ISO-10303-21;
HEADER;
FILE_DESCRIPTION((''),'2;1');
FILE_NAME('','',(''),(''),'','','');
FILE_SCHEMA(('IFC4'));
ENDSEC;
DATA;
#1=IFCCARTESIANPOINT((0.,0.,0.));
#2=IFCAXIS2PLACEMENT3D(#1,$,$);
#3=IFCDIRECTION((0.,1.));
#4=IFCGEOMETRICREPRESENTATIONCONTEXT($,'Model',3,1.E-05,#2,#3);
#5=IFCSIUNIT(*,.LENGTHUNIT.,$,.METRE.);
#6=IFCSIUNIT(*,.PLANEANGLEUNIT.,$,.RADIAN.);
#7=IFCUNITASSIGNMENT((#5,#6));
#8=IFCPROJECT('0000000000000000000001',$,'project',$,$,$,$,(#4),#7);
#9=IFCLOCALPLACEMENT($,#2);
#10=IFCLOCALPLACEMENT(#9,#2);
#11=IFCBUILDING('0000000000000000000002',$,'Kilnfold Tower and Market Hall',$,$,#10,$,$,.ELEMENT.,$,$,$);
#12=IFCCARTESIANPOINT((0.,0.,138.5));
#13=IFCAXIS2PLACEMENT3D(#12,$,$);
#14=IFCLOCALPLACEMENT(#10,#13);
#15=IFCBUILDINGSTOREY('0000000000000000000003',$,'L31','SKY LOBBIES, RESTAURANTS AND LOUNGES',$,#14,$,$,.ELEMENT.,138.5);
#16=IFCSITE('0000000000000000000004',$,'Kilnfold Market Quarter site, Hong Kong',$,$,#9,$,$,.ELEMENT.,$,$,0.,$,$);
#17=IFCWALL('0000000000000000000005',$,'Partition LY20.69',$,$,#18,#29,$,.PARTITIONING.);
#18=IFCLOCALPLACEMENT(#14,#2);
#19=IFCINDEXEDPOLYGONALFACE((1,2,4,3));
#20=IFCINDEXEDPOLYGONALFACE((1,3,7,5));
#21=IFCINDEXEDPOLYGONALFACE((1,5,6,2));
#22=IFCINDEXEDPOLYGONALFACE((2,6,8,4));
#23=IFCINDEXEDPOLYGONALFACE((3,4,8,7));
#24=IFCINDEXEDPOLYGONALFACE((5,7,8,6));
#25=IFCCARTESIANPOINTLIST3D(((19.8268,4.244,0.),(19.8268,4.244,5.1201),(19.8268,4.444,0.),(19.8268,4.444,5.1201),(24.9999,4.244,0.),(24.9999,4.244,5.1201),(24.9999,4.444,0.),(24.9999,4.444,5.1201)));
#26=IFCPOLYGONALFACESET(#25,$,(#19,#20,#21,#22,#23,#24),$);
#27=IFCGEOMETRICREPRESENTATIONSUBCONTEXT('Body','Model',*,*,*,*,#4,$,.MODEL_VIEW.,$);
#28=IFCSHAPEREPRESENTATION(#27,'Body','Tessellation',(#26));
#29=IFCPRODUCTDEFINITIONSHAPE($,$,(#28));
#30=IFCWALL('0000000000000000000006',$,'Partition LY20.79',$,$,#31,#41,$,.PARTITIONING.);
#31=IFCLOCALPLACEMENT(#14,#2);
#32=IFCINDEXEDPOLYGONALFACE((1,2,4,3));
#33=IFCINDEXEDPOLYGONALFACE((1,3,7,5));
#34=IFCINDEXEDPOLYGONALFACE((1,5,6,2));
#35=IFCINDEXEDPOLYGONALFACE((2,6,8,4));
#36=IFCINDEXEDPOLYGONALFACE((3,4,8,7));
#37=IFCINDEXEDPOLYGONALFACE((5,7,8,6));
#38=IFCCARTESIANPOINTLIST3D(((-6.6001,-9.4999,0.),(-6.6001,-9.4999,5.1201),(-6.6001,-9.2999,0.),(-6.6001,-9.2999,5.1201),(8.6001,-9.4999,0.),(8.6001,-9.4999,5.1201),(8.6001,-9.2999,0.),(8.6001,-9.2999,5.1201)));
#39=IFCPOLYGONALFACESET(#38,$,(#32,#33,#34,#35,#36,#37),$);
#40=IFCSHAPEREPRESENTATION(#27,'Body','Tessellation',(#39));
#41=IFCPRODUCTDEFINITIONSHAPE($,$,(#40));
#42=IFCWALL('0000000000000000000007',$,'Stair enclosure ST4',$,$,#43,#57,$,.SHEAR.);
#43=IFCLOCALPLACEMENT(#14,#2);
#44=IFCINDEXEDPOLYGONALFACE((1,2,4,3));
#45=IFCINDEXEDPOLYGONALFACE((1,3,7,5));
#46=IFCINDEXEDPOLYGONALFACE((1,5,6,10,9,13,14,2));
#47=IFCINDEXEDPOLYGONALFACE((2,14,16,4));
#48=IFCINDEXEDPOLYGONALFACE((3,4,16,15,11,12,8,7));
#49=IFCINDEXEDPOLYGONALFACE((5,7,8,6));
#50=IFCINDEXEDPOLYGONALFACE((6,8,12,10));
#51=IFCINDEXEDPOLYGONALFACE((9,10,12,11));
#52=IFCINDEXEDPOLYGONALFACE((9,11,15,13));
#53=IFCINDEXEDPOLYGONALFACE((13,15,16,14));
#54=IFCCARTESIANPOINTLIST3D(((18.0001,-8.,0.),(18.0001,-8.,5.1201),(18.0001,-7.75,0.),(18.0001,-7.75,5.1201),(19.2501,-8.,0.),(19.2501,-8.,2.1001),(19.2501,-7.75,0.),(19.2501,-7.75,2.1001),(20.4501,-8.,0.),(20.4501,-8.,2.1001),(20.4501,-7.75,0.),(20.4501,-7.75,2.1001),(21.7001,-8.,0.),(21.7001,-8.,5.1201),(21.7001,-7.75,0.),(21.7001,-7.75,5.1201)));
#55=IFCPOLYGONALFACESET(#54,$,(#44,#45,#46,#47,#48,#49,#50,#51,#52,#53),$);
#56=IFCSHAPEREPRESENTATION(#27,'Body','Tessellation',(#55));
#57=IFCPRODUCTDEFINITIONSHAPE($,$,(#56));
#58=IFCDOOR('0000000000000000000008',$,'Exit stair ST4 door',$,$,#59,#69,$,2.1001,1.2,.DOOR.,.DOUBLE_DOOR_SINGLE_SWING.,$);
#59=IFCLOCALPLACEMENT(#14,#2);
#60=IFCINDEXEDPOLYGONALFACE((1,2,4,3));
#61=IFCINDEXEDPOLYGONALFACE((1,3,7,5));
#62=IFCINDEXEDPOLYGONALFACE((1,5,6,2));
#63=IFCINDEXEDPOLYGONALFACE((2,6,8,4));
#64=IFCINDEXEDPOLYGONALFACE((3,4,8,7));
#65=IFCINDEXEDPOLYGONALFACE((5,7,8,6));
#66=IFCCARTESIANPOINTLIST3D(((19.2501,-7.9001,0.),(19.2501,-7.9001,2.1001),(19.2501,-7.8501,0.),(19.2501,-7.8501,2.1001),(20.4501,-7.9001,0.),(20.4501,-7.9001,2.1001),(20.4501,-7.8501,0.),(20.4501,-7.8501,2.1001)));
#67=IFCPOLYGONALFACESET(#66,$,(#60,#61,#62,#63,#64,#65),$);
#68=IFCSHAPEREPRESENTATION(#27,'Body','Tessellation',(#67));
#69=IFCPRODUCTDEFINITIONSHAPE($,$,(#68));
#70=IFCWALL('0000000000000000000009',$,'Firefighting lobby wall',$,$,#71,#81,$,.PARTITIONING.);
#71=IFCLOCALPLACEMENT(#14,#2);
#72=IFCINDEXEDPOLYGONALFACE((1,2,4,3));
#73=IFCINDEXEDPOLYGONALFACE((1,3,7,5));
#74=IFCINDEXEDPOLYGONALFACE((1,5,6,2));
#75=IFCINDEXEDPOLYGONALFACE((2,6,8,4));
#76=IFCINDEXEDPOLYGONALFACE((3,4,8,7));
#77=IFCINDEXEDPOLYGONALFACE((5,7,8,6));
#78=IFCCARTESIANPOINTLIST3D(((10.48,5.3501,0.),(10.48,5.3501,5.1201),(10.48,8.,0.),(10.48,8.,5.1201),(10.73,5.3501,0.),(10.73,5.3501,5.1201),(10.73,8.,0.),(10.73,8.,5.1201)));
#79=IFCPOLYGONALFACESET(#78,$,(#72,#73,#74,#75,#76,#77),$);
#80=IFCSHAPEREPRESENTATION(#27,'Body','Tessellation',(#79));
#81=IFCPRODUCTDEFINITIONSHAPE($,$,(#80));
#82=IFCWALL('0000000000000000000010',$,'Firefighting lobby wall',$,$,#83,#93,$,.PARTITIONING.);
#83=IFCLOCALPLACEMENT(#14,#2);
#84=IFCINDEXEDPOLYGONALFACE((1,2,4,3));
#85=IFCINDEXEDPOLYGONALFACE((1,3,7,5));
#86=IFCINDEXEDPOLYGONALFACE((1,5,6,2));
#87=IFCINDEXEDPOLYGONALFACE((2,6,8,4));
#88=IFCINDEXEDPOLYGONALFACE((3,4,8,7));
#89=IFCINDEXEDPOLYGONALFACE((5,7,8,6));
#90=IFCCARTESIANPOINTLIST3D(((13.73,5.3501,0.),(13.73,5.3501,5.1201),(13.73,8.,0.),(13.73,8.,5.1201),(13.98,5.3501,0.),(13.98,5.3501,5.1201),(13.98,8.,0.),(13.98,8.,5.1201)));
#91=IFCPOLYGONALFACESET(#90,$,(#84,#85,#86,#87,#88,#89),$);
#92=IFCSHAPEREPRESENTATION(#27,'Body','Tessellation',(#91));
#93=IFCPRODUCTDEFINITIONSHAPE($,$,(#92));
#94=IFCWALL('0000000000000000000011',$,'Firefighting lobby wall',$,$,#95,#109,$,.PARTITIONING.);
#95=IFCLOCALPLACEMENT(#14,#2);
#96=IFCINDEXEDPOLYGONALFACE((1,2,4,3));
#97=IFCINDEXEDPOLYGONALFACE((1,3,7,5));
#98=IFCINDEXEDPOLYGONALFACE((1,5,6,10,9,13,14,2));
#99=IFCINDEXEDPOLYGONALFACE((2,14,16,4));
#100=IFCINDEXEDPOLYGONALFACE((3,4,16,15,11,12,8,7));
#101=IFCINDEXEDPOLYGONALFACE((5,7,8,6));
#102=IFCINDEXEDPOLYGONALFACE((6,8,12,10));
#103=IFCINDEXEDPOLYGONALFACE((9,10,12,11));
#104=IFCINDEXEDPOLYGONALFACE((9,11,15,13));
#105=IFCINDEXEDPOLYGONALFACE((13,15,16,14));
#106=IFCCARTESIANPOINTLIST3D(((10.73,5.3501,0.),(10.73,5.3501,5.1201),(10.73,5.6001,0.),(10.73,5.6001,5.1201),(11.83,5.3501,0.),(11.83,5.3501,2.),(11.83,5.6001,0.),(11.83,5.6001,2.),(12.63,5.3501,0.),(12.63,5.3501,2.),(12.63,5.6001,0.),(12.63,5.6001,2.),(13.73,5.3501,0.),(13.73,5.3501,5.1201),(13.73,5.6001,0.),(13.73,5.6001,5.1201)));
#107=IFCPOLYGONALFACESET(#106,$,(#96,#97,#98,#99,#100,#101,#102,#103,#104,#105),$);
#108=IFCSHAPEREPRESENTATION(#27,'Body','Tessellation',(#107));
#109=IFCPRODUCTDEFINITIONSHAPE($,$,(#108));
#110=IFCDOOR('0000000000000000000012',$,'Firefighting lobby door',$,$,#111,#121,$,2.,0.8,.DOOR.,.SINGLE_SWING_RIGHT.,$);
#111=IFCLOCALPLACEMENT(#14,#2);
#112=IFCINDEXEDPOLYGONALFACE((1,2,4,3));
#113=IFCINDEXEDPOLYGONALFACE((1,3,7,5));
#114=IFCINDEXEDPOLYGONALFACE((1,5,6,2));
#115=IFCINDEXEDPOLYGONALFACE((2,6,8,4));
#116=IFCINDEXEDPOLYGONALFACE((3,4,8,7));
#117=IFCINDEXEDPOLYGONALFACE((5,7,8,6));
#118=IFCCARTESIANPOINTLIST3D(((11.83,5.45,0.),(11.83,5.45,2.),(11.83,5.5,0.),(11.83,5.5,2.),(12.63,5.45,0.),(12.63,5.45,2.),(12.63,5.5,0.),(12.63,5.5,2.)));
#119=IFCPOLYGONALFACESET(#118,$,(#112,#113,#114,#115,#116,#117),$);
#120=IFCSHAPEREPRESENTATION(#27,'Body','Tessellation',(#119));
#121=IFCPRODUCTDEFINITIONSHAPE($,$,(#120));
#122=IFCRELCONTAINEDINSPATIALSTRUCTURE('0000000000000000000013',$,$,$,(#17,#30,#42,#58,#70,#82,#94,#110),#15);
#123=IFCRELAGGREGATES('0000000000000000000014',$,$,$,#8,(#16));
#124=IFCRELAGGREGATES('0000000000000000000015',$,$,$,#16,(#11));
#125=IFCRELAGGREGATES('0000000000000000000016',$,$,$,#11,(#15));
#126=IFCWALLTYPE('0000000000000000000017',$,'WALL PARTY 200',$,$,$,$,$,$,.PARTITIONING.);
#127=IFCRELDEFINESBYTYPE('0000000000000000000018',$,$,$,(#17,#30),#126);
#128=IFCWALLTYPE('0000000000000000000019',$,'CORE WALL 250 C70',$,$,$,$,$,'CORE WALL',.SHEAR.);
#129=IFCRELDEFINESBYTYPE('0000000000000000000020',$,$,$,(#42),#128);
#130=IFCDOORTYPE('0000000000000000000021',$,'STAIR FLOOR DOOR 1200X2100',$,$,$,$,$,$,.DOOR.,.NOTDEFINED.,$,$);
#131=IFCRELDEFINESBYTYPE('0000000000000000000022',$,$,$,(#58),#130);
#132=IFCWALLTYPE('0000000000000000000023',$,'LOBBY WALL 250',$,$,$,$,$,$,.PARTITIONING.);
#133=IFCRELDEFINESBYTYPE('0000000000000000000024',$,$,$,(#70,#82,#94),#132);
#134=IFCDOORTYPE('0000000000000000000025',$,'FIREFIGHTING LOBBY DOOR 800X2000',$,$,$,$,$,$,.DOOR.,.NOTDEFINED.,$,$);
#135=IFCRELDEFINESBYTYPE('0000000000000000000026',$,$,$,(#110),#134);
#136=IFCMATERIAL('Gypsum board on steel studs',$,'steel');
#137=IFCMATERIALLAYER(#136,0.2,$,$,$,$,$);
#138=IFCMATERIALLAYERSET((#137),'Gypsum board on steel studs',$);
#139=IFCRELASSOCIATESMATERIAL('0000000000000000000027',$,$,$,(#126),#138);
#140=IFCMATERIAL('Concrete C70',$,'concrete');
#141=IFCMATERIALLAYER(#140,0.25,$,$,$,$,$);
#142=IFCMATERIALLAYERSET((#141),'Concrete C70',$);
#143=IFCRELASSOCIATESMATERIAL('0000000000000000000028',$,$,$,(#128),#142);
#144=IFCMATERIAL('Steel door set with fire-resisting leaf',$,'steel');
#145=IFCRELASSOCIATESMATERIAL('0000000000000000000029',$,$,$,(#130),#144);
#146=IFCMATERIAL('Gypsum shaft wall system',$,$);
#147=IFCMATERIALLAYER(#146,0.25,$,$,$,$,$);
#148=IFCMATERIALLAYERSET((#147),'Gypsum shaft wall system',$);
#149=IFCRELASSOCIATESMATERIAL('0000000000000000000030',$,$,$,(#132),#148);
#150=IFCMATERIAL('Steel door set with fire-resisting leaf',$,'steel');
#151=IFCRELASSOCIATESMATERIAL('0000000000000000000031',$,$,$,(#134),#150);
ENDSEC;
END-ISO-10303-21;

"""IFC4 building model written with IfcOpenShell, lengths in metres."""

from ifc_helpers import new_model, si_unit, direction, frame, frame_2d, origin, place, context, subcontext, project, spatial, rectangle, extrude, source, transform, mapped, material, layer, layer_set, type_object, element, fill, save


model = new_model("IFC4")

# Units and contexts
model_context = context("Model", 3, precision=1e-05, world=origin(), true_north=direction((0.0, 1.0)))
body_context = subcontext(model_context, "Body", "Model", "MODEL_VIEW")
ifc_project = project(units=[si_unit("LENGTHUNIT", "METRE"), si_unit("PLANEANGLEUNIT", "RADIAN")], contexts=[model_context])

# Site, building, storey
site_placement = place(None, origin())
site = spatial("IfcSite", under=ifc_project, at=site_placement, Name="Kilnfold Market Quarter site, Hong Kong", CompositionType="ELEMENT", RefElevation=0.0)
building_placement = place(site_placement, origin())
building = spatial("IfcBuilding", under=site, at=building_placement, Name="Kilnfold Tower and Market Hall", CompositionType="ELEMENT")
storey_placement = place(building_placement, frame((0.0, 0.0, 138.5)))
storey = spatial("IfcBuildingStorey", under=building, at=storey_placement, Name="L31", Description="SKY LOBBIES, RESTAURANTS AND LOUNGES", CompositionType="ELEMENT", Elevation=138.5)

# Walls
ifc_material_1 = material(Name="Gypsum board on steel studs", Category="steel")
ifc_layer_1 = layer(ifc_material_1, 0.2)
ifc_layer_set_1 = layer_set([ifc_layer_1], Name="Gypsum board on steel studs")
wall_type_1 = type_object("IfcWallType", Name="WALL PARTY 200", PredefinedType="PARTITIONING", material=ifc_layer_set_1)
wall_1_placement = place(storey_placement, frame((19.8269, 4.344, 0.0), z_axis=(0.0, 0.0, 1.0), x_axis=(1.0, 0.0, 0.0)))
element("IfcWall", 1, at=wall_1_placement, inside=storey, type_object=wall_type_1, Name="Partition LY20.69", PredefinedType="PARTITIONING", context=body_context, shape_type="SweptSolid", body=[
    extrude(rectangle(XDim=5.1731, YDim=0.2, at=frame_2d((2.5864, 0.0))), origin(), (0.0, 0.0, 1.0), 5.1201),
])
wall_2_placement = place(storey_placement, frame((8.6001, -9.3999, 0.0), z_axis=(0.0, 0.0, 1.0), x_axis=(-1.0, 0.0, 0.0)))
element("IfcWall", 2, at=wall_2_placement, inside=storey, type_object=wall_type_1, Name="Partition LY20.79", PredefinedType="PARTITIONING", context=body_context, shape_type="SweptSolid", body=[
    extrude(rectangle(XDim=15.2002, YDim=0.2, at=frame_2d((7.6001, 0.0))), origin(), (0.0, 0.0, 1.0), 5.1201),
])

# Wall, opening, door
ifc_material_2 = material(Name="Concrete C70", Category="concrete")
ifc_layer_2 = layer(ifc_material_2, 0.25)
ifc_layer_set_2 = layer_set([ifc_layer_2], Name="Concrete C70")
wall_type_2 = type_object("IfcWallType", Name="CORE WALL 250 C70", ElementType="CORE WALL", PredefinedType="SHEAR", material=ifc_layer_set_2)
shared_shape_1 = source(origin(), body_context, "Body", "SweptSolid", [
    extrude(rectangle(XDim=3.7, YDim=0.25, at=frame_2d((1.8501, 0.0))), origin(), (0.0, 0.0, 1.0), 5.1201),
])
wall_3_placement = place(storey_placement, frame((18.0, -7.875, 0.0), z_axis=(0.0, 0.0, 1.0), x_axis=(1.0, 0.0, 0.0)))
wall_3 = element("IfcWall", 3, at=wall_3_placement, inside=storey, type_object=wall_type_2, Name="Stair enclosure ST4", PredefinedType="SHEAR", context=body_context, shape_type="MappedRepresentation", body=[
    mapped(shared_shape_1, transform((0.0, 0.0, 0.0))),
])
opening_1_placement = place(wall_3_placement, frame((1.25, 0.0, 0.0)))
opening_1 = element("IfcOpeningElement", 4, at=opening_1_placement, cuts=wall_3, PredefinedType="OPENING", context=body_context, shape_type="SweptSolid", body=[
    extrude(rectangle(XDim=1.2, YDim=2.1001, at=frame_2d((0.6001, 1.05))), frame((0.0, 0.135, 0.0), z_axis=(0.0, -1.0, 0.0), x_axis=(1.0, 0.0, 0.0)), (0.0, 0.0, 1.0), 0.27),
])
ifc_material_3 = material(Name="Steel door set with fire-resisting leaf", Category="steel")
door_type_1 = type_object("IfcDoorType", Name="STAIR FLOOR DOOR 1200X2100", OperationType="NOTDEFINED", PredefinedType="DOOR", material=ifc_material_3)
door_1_placement = place(opening_1_placement, origin())
door_1 = element("IfcDoor", 5, at=door_1_placement, inside=storey, type_object=door_type_1, Name="Exit stair ST4 door", OperationType="DOUBLE_DOOR_SINGLE_SWING", OverallHeight=2.1001, OverallWidth=1.2, PredefinedType="DOOR", context=body_context, shape_type="SweptSolid", body=[
    extrude(rectangle(XDim=1.2, YDim=2.1001, at=frame_2d((0.6001, 1.05))), frame((0.0, 0.0249, 0.0), z_axis=(0.0, -1.0, 0.0), x_axis=(1.0, 0.0, 0.0)), (0.0, 0.0, 1.0), 0.05),
])
fill(opening_1, door_1)

# Walls
ifc_material_4 = material(Name="Gypsum shaft wall system")
ifc_layer_3 = layer(ifc_material_4, 0.25)
ifc_layer_set_3 = layer_set([ifc_layer_3], Name="Gypsum shaft wall system")
wall_type_3 = type_object("IfcWallType", Name="LOBBY WALL 250", PredefinedType="PARTITIONING", material=ifc_layer_set_3)
shared_shape_2 = source(origin(), body_context, "Body", "SweptSolid", [
    extrude(rectangle(XDim=2.6499, YDim=0.25, at=frame_2d((1.325, 0.0))), origin(), (0.0, 0.0, 1.0), 5.1201),
])
for number, where, z_axis, x_axis, name in (
    (6, (10.605, 5.3501, 0.0), (0.0, 0.0, 1.0), (0.0, 1.0, 0.0), "Firefighting lobby wall"),
    (7, (13.855, 5.3501, 0.0), (0.0, 0.0, 1.0), (0.0, 1.0, 0.0), "Firefighting lobby wall"),
):
    element("IfcWall", number, at=place(storey_placement, frame(where, z_axis=z_axis, x_axis=x_axis)), inside=storey, type_object=wall_type_3, Name=name, PredefinedType="PARTITIONING", context=body_context, shape_type="MappedRepresentation", body=[
        mapped(shared_shape_2, transform((0.0, 0.0, 0.0))),
    ])

# Wall, opening, door
shared_shape_3 = source(origin(), body_context, "Body", "SweptSolid", [
    extrude(rectangle(XDim=3.0, YDim=0.25, at=frame_2d((1.5, 0.0))), origin(), (0.0, 0.0, 1.0), 5.1201),
])
wall_4_placement = place(storey_placement, frame((10.73, 5.4751, 0.0), z_axis=(0.0, 0.0, 1.0), x_axis=(1.0, 0.0, 0.0)))
wall_4 = element("IfcWall", 8, at=wall_4_placement, inside=storey, type_object=wall_type_3, Name="Firefighting lobby wall", PredefinedType="PARTITIONING", context=body_context, shape_type="MappedRepresentation", body=[
    mapped(shared_shape_3, transform((0.0, 0.0, 0.0))),
])
opening_2_placement = place(wall_4_placement, frame((1.1001, 0.0, 0.0)))
opening_2 = element("IfcOpeningElement", 9, at=opening_2_placement, cuts=wall_4, PredefinedType="OPENING", context=body_context, shape_type="SweptSolid", body=[
    extrude(rectangle(XDim=0.8, YDim=2.0, at=frame_2d((0.3999, 1.0))), frame((0.0, 0.135, 0.0), z_axis=(0.0, -1.0, 0.0), x_axis=(1.0, 0.0, 0.0)), (0.0, 0.0, 1.0), 0.27),
])
ifc_material_5 = material(Name="Steel door set with fire-resisting leaf", Category="steel")
door_type_2 = type_object("IfcDoorType", Name="FIREFIGHTING LOBBY DOOR 800X2000", OperationType="NOTDEFINED", PredefinedType="DOOR", material=ifc_material_5)
door_2_placement = place(opening_2_placement, origin())
door_2 = element("IfcDoor", 10, at=door_2_placement, inside=storey, type_object=door_type_2, Name="Firefighting lobby door", OperationType="SINGLE_SWING_RIGHT", OverallHeight=2.0, OverallWidth=0.8, PredefinedType="DOOR", context=body_context, shape_type="SweptSolid", body=[
    extrude(rectangle(XDim=0.8, YDim=2.0, at=frame_2d((0.3999, 1.0))), frame((0.0, 0.0249, 0.0), z_axis=(0.0, -1.0, 0.0), x_axis=(1.0, 0.0, 0.0)), (0.0, 0.0, 1.0), 0.05),
])
fill(opening_2, door_2)

save(model, "model.ifc")
